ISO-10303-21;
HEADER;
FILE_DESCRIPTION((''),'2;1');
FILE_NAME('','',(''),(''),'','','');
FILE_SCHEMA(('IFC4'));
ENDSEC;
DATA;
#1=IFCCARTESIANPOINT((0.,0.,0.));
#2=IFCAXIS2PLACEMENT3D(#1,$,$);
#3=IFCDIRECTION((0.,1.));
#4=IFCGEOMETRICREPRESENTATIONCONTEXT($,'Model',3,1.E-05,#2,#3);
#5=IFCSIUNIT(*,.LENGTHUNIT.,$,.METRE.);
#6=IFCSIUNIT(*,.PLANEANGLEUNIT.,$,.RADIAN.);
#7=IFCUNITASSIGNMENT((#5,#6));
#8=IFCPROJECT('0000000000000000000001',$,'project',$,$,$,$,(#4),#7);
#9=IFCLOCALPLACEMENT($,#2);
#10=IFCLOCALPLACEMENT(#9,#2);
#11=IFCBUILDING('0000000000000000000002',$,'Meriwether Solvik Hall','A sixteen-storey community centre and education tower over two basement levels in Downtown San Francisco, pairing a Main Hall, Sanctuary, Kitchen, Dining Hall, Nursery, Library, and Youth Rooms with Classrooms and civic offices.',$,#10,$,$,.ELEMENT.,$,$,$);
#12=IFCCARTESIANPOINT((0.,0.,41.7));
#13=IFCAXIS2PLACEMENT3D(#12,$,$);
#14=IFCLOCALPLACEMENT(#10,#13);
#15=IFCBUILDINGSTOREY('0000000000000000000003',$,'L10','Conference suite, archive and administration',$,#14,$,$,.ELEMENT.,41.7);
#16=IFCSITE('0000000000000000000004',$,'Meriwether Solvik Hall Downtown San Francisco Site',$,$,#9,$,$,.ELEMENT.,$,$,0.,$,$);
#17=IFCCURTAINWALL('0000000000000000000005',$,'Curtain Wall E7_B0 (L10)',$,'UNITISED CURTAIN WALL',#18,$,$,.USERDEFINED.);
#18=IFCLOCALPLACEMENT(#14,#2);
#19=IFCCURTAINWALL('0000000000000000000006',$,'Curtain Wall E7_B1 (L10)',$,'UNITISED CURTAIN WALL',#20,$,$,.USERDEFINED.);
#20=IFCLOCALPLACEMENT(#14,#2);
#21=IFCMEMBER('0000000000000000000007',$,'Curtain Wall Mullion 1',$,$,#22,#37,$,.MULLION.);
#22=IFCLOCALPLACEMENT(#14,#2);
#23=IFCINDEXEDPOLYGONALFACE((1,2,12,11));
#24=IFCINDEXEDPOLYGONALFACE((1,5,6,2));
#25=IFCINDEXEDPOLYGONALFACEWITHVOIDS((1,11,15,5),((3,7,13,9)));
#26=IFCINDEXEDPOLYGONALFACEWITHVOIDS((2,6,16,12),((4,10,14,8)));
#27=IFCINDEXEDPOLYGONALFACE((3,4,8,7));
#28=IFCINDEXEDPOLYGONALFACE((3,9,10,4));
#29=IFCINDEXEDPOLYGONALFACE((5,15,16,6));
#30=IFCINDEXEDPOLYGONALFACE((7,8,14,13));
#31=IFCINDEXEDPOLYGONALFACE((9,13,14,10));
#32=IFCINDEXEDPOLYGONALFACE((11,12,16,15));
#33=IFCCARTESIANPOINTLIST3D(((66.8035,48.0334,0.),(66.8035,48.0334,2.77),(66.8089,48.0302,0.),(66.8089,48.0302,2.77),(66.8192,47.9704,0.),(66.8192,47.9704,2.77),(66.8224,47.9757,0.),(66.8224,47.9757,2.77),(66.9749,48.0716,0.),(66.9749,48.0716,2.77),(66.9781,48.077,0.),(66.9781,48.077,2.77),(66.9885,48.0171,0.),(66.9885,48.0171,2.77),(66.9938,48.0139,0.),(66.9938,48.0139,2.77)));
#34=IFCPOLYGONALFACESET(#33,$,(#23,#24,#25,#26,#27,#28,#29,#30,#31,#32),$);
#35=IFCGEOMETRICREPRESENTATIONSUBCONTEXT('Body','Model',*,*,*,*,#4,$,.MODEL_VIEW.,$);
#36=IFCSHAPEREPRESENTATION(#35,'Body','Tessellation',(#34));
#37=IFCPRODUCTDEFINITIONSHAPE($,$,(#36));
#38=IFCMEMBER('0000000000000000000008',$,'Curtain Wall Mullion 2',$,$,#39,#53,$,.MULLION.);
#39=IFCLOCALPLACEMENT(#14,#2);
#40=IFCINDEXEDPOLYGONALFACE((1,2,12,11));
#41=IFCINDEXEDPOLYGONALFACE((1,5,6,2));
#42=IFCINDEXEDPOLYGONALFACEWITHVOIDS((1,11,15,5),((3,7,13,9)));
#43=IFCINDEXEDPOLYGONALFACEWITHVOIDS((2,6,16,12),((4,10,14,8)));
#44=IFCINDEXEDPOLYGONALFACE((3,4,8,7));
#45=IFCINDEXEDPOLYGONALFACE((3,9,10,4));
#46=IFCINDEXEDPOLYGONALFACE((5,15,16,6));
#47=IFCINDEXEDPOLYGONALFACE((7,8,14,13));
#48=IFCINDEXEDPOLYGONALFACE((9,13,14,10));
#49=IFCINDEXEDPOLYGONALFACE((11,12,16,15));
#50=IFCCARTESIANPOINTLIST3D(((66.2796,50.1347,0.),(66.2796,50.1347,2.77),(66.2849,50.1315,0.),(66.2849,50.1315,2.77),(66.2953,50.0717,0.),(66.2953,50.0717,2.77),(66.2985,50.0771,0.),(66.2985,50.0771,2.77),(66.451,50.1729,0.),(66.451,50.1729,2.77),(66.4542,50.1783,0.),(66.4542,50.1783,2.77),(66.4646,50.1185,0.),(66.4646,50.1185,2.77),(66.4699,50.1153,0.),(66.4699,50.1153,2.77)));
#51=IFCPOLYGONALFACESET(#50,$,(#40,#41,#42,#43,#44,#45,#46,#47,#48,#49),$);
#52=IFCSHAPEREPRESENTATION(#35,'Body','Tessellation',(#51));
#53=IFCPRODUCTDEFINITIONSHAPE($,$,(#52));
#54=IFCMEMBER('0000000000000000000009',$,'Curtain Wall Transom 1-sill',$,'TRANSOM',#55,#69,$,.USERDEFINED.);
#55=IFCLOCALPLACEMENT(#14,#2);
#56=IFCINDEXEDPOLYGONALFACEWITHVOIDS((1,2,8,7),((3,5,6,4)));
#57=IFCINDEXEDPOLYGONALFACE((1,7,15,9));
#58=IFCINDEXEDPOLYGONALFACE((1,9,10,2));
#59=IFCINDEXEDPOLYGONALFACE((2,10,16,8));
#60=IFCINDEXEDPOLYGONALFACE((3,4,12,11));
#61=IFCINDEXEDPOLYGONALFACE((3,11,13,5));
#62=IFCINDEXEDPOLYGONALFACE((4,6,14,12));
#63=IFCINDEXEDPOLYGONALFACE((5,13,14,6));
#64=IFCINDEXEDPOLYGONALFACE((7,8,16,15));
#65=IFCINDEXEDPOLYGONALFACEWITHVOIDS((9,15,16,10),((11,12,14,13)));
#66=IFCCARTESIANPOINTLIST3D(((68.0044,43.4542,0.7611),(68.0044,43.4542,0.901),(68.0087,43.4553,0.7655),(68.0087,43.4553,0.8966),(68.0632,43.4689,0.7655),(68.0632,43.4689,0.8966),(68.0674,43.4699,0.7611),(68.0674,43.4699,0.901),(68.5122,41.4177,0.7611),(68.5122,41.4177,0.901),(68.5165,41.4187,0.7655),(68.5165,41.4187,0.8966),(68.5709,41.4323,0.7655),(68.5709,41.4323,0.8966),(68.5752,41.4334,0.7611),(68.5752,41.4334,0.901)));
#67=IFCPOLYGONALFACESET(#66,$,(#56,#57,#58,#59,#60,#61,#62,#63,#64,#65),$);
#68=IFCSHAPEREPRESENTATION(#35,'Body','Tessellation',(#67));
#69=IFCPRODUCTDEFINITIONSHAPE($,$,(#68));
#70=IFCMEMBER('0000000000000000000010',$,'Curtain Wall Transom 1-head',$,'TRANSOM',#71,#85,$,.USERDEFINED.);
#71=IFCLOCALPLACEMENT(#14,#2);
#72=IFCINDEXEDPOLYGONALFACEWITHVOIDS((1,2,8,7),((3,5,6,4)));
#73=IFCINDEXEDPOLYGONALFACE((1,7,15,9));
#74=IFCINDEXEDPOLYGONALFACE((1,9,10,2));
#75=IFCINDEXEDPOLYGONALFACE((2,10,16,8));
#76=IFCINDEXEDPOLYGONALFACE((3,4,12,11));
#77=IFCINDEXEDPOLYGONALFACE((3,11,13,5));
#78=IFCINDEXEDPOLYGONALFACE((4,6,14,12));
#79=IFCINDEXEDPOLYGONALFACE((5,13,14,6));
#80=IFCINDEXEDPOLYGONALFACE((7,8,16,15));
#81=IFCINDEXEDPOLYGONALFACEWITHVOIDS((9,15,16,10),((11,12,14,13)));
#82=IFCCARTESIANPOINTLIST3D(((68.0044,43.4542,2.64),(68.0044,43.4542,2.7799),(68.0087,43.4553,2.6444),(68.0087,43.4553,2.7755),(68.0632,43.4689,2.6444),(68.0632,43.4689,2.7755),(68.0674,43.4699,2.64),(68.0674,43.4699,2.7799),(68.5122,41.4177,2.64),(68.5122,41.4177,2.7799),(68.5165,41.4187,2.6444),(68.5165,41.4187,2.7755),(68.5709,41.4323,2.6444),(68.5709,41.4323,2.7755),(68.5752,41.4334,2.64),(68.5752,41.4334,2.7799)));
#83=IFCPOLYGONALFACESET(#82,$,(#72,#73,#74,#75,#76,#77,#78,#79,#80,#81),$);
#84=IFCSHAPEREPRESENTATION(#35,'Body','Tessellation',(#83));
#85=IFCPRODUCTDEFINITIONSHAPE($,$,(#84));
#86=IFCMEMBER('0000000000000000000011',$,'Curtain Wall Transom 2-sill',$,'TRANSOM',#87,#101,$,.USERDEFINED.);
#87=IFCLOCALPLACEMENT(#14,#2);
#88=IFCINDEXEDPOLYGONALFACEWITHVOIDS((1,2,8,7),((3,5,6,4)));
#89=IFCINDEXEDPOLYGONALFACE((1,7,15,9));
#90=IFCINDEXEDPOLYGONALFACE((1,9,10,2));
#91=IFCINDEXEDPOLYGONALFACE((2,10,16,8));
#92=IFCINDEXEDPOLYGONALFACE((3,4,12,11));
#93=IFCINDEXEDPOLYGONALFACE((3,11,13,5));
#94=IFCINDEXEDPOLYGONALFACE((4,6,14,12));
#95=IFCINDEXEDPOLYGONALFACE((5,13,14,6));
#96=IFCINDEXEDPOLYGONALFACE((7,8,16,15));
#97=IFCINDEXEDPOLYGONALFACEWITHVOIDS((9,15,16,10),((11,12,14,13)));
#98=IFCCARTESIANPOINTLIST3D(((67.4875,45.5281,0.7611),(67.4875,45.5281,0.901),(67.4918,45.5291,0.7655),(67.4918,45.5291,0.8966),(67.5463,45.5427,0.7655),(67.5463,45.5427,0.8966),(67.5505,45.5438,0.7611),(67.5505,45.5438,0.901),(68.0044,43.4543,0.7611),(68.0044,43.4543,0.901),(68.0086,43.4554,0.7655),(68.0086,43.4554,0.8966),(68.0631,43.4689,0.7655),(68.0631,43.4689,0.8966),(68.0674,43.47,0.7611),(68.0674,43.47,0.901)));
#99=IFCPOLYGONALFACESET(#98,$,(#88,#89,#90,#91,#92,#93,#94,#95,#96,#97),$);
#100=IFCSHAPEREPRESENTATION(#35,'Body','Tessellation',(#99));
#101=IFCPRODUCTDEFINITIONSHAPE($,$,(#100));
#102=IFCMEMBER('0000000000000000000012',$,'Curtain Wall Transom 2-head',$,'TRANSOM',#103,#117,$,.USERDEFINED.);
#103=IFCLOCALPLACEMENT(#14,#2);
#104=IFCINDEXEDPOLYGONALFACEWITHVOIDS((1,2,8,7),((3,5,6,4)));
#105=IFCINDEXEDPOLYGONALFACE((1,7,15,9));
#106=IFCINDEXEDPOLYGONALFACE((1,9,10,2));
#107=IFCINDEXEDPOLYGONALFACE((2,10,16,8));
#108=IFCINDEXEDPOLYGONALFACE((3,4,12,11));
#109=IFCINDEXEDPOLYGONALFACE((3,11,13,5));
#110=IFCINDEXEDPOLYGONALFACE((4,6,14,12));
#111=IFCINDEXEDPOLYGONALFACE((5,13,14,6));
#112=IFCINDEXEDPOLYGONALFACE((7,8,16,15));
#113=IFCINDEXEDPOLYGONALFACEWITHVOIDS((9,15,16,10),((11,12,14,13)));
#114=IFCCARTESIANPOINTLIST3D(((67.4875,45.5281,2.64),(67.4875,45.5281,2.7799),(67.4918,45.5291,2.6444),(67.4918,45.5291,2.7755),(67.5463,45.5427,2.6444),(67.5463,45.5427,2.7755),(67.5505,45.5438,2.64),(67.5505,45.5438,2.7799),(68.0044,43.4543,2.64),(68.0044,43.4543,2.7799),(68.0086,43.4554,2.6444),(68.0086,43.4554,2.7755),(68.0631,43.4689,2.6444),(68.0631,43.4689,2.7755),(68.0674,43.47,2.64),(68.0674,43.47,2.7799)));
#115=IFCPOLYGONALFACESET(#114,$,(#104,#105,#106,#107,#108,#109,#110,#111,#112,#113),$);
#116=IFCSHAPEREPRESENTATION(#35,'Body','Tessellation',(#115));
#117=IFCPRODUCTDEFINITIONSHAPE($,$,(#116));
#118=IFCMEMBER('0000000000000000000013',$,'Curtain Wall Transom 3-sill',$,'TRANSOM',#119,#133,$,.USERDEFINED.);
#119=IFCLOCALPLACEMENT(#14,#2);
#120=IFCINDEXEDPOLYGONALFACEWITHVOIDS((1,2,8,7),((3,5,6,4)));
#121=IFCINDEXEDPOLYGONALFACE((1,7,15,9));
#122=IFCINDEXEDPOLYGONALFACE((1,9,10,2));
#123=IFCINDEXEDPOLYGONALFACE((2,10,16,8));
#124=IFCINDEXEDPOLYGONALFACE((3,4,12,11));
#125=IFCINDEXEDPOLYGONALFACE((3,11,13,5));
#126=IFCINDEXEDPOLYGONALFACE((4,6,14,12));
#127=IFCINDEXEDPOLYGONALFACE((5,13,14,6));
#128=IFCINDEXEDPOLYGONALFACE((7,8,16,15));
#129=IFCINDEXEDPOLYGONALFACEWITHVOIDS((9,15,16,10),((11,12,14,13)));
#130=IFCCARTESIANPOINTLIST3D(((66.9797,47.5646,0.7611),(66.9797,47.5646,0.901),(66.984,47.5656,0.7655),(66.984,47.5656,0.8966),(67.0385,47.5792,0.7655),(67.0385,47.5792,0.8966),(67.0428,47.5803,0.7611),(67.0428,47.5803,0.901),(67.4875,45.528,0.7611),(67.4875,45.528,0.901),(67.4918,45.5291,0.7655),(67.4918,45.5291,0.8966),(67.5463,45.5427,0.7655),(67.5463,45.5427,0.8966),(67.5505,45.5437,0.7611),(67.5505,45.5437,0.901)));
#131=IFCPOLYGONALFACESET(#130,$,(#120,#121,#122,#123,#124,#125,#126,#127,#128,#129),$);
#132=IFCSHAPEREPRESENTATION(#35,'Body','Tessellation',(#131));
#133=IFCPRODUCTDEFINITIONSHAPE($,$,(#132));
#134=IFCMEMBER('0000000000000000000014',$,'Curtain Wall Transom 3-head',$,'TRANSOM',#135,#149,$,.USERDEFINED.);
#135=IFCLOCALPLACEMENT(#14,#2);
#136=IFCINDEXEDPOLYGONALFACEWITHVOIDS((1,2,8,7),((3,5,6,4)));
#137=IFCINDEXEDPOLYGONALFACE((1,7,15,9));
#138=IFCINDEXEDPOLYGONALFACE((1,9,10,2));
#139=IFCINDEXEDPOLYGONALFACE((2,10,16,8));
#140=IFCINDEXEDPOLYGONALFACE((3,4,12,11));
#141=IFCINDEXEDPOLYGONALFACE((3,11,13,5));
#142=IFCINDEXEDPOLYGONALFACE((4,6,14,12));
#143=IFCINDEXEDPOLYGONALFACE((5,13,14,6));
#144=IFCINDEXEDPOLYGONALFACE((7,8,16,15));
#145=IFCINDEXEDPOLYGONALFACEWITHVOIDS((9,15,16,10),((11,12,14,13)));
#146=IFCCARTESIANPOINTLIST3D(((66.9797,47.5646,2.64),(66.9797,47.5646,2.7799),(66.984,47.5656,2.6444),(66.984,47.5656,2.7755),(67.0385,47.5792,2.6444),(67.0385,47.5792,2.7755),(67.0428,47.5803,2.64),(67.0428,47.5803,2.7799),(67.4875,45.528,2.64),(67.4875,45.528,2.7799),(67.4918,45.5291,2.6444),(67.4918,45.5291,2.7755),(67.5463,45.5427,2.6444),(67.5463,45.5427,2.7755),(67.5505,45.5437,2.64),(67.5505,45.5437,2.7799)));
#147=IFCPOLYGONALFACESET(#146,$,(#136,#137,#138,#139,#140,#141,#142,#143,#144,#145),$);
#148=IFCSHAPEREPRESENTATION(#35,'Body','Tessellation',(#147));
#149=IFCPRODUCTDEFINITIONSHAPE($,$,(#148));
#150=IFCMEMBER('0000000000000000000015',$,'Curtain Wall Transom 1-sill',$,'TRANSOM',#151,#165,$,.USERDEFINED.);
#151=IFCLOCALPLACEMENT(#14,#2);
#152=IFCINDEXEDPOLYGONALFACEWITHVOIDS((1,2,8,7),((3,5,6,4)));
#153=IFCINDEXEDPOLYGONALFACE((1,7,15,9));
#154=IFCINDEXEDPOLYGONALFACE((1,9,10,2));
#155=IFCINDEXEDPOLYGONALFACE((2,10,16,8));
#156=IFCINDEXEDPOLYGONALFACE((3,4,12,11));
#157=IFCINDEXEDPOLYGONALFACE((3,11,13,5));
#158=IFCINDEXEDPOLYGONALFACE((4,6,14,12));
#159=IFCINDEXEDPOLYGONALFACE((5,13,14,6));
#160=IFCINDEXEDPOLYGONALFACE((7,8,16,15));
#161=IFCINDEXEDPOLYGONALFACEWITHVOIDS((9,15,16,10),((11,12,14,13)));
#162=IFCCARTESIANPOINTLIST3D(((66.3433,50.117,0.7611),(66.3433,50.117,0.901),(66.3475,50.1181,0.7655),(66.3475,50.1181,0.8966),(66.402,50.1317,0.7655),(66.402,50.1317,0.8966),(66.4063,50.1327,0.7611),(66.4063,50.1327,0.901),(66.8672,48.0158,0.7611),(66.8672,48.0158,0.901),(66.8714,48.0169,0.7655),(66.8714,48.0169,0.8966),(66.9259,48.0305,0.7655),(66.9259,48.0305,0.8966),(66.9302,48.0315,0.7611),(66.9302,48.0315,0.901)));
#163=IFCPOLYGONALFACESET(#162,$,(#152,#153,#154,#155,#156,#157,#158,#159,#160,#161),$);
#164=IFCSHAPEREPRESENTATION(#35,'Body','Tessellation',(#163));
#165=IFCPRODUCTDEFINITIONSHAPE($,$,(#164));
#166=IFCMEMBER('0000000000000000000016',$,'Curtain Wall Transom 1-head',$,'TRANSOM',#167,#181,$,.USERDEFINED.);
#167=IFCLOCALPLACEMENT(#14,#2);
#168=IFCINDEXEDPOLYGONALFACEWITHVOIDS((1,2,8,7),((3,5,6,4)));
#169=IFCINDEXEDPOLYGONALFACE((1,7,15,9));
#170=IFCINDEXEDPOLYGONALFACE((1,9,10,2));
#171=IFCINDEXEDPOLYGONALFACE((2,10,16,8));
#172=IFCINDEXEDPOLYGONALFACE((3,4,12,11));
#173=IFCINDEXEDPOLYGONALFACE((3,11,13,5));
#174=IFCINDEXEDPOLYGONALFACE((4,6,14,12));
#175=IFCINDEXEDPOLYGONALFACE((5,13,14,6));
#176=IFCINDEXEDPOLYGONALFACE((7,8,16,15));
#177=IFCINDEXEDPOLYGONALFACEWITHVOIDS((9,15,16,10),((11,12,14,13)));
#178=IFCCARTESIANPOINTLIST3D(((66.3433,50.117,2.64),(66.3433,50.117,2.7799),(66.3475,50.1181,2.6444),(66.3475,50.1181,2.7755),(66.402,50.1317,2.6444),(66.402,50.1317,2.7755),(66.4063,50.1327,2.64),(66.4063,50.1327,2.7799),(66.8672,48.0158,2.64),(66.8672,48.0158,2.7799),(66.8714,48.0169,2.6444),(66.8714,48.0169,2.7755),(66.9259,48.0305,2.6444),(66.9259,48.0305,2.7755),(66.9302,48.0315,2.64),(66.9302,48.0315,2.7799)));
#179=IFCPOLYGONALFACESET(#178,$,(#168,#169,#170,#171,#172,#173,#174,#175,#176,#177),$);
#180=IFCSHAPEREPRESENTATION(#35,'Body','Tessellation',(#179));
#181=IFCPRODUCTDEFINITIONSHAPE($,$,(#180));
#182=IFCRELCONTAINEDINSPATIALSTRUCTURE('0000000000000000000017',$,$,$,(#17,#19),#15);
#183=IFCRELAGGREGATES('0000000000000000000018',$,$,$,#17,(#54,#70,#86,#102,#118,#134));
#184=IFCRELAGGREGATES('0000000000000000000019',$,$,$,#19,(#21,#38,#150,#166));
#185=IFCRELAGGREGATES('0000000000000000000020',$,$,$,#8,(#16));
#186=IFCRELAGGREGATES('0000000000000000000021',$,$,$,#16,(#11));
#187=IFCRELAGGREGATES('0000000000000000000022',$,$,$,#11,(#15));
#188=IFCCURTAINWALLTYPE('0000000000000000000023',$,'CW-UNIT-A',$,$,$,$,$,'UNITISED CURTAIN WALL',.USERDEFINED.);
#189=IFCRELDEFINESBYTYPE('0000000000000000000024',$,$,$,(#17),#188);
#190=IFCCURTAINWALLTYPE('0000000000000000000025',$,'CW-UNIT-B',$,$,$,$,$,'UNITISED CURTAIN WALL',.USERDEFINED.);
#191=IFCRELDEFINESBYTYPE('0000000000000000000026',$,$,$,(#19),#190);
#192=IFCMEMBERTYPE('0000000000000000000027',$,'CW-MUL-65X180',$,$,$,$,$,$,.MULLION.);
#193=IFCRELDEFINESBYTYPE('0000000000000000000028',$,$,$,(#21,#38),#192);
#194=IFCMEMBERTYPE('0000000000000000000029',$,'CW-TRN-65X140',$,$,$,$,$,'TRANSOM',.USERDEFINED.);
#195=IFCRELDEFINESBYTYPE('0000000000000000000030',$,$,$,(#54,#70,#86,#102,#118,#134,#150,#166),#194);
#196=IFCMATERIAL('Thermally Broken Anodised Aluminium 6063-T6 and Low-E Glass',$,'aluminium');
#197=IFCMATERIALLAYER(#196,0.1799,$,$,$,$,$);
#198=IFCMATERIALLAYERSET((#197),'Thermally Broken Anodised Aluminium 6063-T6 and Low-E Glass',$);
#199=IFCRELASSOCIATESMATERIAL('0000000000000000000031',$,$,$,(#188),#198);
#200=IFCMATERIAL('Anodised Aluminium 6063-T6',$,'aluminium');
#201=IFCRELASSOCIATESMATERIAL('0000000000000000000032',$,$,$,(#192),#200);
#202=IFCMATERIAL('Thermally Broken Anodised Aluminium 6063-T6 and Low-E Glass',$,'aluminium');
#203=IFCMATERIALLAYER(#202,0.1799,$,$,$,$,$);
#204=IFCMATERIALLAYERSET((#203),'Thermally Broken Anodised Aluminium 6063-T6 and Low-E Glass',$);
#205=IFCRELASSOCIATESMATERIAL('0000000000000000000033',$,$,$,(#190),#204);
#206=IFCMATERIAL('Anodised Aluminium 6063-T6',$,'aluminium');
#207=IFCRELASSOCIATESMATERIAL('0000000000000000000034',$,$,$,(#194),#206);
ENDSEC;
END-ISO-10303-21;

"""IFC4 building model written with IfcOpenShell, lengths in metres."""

from ifc_helpers import new_model, si_unit, direction, frame, origin, origin_2d, place, context, subcontext, project, spatial, hollow_rectangle, extrude, material, layer, layer_set, material_profile, profile_set, type_object, element, aggregate, save


model = new_model("IFC4")

# Units and contexts
model_context = context("Model", 3, precision=1e-05, world=origin(), true_north=direction((0.0, 1.0)))
body_context = subcontext(model_context, "Body", "Model", "MODEL_VIEW")
ifc_project = project(units=[si_unit("LENGTHUNIT", "METRE"), si_unit("PLANEANGLEUNIT", "RADIAN")], contexts=[model_context])

# Site, building, storey
site_placement = place(None, origin())
site = spatial("IfcSite", under=ifc_project, at=site_placement, Name="Meriwether Solvik Hall Downtown San Francisco Site", CompositionType="ELEMENT", RefElevation=0.0)
building_placement = place(site_placement, origin())
building = spatial("IfcBuilding", under=site, at=building_placement, Name="Meriwether Solvik Hall", Description="A sixteen-storey community centre and education tower over two basement levels in Downtown San Francisco, pairing a Main Hall, Sanctuary, Kitchen, Dining Hall, Nursery, Library, and Youth Rooms with Classrooms and civic offices.", CompositionType="ELEMENT")
storey_placement = place(building_placement, frame((0.0, 0.0, 41.7)))
storey = spatial("IfcBuildingStorey", under=building, at=storey_placement, Name="L10", Description="Conference suite, archive and administration", CompositionType="ELEMENT", Elevation=41.7)

# Shared definitions
ifc_material_1 = material(Name="Thermally Broken Anodised Aluminium 6063-T6 and Low-E Glass", Category="aluminium")
ifc_layer_1 = layer(ifc_material_1, 0.1799)
ifc_layer_set_1 = layer_set([ifc_layer_1], Name="Thermally Broken Anodised Aluminium 6063-T6 and Low-E Glass")
curtain_wall_type_1 = type_object("IfcCurtainWallType", Name="CW-UNIT-A", ElementType="UNITISED CURTAIN WALL", PredefinedType="USERDEFINED", material=ifc_layer_set_1)
ifc_material_2 = material(Name="Anodised Aluminium 6063-T6", Category="aluminium")
ifc_material_profile_1 = material_profile(ifc_material_2, hollow_rectangle(XDim=0.0649, YDim=0.1799, WallThickness=0.0044, at=origin_2d()), Name="CWM-65X180")
ifc_profile_set_1 = profile_set([ifc_material_profile_1], Name="Anodised Aluminium 6063-T6")
member_type_1 = type_object("IfcMemberType", Name="CW-MUL-65X180", PredefinedType="MULLION", material=ifc_profile_set_1)

# Curtain walls, members
curtain_wall_1_placement = place(storey_placement, origin())
curtain_wall_1 = element("IfcCurtainWall", 1, at=curtain_wall_1_placement, inside=storey, type_object=curtain_wall_type_1, Name="Curtain Wall E7_B0 (L10)", ObjectType="UNITISED CURTAIN WALL", PredefinedType="USERDEFINED")
ifc_material_3 = material(Name="Thermally Broken Anodised Aluminium 6063-T6 and Low-E Glass", Category="aluminium")
ifc_layer_2 = layer(ifc_material_3, 0.1799)
ifc_layer_set_2 = layer_set([ifc_layer_2], Name="Thermally Broken Anodised Aluminium 6063-T6 and Low-E Glass")
curtain_wall_type_2 = type_object("IfcCurtainWallType", Name="CW-UNIT-B", ElementType="UNITISED CURTAIN WALL", PredefinedType="USERDEFINED", material=ifc_layer_set_2)
curtain_wall_2_placement = place(storey_placement, origin())
curtain_wall_2 = element("IfcCurtainWall", 2, at=curtain_wall_2_placement, inside=storey, type_object=curtain_wall_type_2, Name="Curtain Wall E7_B1 (L10)", ObjectType="UNITISED CURTAIN WALL", PredefinedType="USERDEFINED")
member_1_placement = place(storey_placement, frame((66.8987, 48.0237, 0.0), z_axis=(0.0, 0.0, 1.0), x_axis=(-0.241922, 0.970296, 0.0)))
member_1 = element("IfcMember", 3, at=member_1_placement, type_object=member_type_1, Name="Curtain Wall Mullion 1", PredefinedType="MULLION", context=body_context, shape_type="SweptSolid", body=[
    extrude(hollow_rectangle(XDim=0.0649, YDim=0.1799, WallThickness=0.0044, at=origin_2d()), origin(), (0.0, 0.0, 1.0), 2.77),
])
member_2_placement = place(storey_placement, frame((66.3748, 50.125, 0.0), z_axis=(0.0, 0.0, 1.0), x_axis=(-0.241922, 0.970296, 0.0)))
member_2 = element("IfcMember", 4, at=member_2_placement, type_object=member_type_1, Name="Curtain Wall Mullion 2", PredefinedType="MULLION", context=body_context, shape_type="SweptSolid", body=[
    extrude(hollow_rectangle(XDim=0.0649, YDim=0.1799, WallThickness=0.0044, at=origin_2d()), origin(), (0.0, 0.0, 1.0), 2.77),
])

# Members
ifc_material_4 = material(Name="Anodised Aluminium 6063-T6", Category="aluminium")
ifc_material_profile_2 = material_profile(ifc_material_4, hollow_rectangle(XDim=0.0649, YDim=0.1399, WallThickness=0.0044, at=origin_2d()), Name="CWT-65X140")
ifc_profile_set_2 = profile_set([ifc_material_profile_2], Name="Anodised Aluminium 6063-T6")
member_type_2 = type_object("IfcMemberType", Name="CW-TRN-65X140", ElementType="TRANSOM", PredefinedType="USERDEFINED", material=ifc_profile_set_2)
member_3_placement = place(storey_placement, frame((68.5437, 41.4255, 0.8311), z_axis=(-0.241933, 0.970293, 0.0), x_axis=(-0.970293, -0.241933, 0.0)))
member_3 = element("IfcMember", 5, at=member_3_placement, type_object=member_type_2, Name="Curtain Wall Transom 1-sill", ObjectType="TRANSOM", PredefinedType="USERDEFINED", context=body_context, shape_type="SweptSolid", body=[
    extrude(hollow_rectangle(XDim=0.0649, YDim=0.1399, WallThickness=0.0044, at=origin_2d()), origin(), (0.0, 0.0, 1.0), 2.0989),
])
member_4_placement = place(storey_placement, frame((68.5437, 41.4255, 2.71), z_axis=(-0.241933, 0.970293, 0.0), x_axis=(-0.970293, -0.241933, 0.0)))
member_4 = element("IfcMember", 6, at=member_4_placement, type_object=member_type_2, Name="Curtain Wall Transom 1-head", ObjectType="TRANSOM", PredefinedType="USERDEFINED", context=body_context, shape_type="SweptSolid", body=[
    extrude(hollow_rectangle(XDim=0.0649, YDim=0.1399, WallThickness=0.0044, at=origin_2d()), origin(), (0.0, 0.0, 1.0), 2.0989),
])
member_5_placement = place(storey_placement, frame((68.0359, 43.4622, 0.8311), z_axis=(-0.241837, 0.970317, 0.0), x_axis=(-0.970317, -0.241837, 0.0)))
member_5 = element("IfcMember", 7, at=member_5_placement, type_object=member_type_2, Name="Curtain Wall Transom 2-sill", ObjectType="TRANSOM", PredefinedType="USERDEFINED", context=body_context, shape_type="SweptSolid", body=[
    extrude(hollow_rectangle(XDim=0.0649, YDim=0.1399, WallThickness=0.0044, at=origin_2d()), origin(), (0.0, 0.0, 1.0), 2.1372),
])
member_6_placement = place(storey_placement, frame((68.0359, 43.4622, 2.71), z_axis=(-0.241837, 0.970317, 0.0), x_axis=(-0.970317, -0.241837, 0.0)))
member_6 = element("IfcMember", 8, at=member_6_placement, type_object=member_type_2, Name="Curtain Wall Transom 2-head", ObjectType="TRANSOM", PredefinedType="USERDEFINED", context=body_context, shape_type="SweptSolid", body=[
    extrude(hollow_rectangle(XDim=0.0649, YDim=0.1399, WallThickness=0.0044, at=origin_2d()), origin(), (0.0, 0.0, 1.0), 2.1372),
])
member_7_placement = place(storey_placement, frame((67.519, 45.5359, 0.8311), z_axis=(-0.241933, 0.970293, 0.0), x_axis=(-0.970293, -0.241933, 0.0)))
member_7 = element("IfcMember", 9, at=member_7_placement, type_object=member_type_2, Name="Curtain Wall Transom 3-sill", ObjectType="TRANSOM", PredefinedType="USERDEFINED", context=body_context, shape_type="SweptSolid", body=[
    extrude(hollow_rectangle(XDim=0.0649, YDim=0.1399, WallThickness=0.0044, at=origin_2d()), origin(), (0.0, 0.0, 1.0), 2.0989),
])
member_8_placement = place(storey_placement, frame((67.519, 45.5359, 2.71), z_axis=(-0.241933, 0.970293, 0.0), x_axis=(-0.970293, -0.241933, 0.0)))
member_8 = element("IfcMember", 10, at=member_8_placement, type_object=member_type_2, Name="Curtain Wall Transom 3-head", ObjectType="TRANSOM", PredefinedType="USERDEFINED", context=body_context, shape_type="SweptSolid", body=[
    extrude(hollow_rectangle(XDim=0.0649, YDim=0.1399, WallThickness=0.0044, at=origin_2d()), origin(), (0.0, 0.0, 1.0), 2.0989),
])
member_9_placement = place(storey_placement, frame((66.8987, 48.0237, 0.8311), z_axis=(-0.241925, 0.970295, 0.0), x_axis=(-0.970295, -0.241925, 0.0)))
member_9 = element("IfcMember", 11, at=member_9_placement, type_object=member_type_2, Name="Curtain Wall Transom 1-sill", ObjectType="TRANSOM", PredefinedType="USERDEFINED", context=body_context, shape_type="SweptSolid", body=[
    extrude(hollow_rectangle(XDim=0.0649, YDim=0.1399, WallThickness=0.0044, at=origin_2d()), origin(), (0.0, 0.0, 1.0), 2.1655),
])
member_10_placement = place(storey_placement, frame((66.8987, 48.0237, 2.71), z_axis=(-0.241925, 0.970295, 0.0), x_axis=(-0.970295, -0.241925, 0.0)))
member_10 = element("IfcMember", 12, at=member_10_placement, type_object=member_type_2, Name="Curtain Wall Transom 1-head", ObjectType="TRANSOM", PredefinedType="USERDEFINED", context=body_context, shape_type="SweptSolid", body=[
    extrude(hollow_rectangle(XDim=0.0649, YDim=0.1399, WallThickness=0.0044, at=origin_2d()), origin(), (0.0, 0.0, 1.0), 2.1655),
])

aggregate(curtain_wall_1, [member_3, member_4, member_5, member_6, member_7, member_8])
aggregate(curtain_wall_2, [member_1, member_2, member_9, member_10])

save(model, "model.ifc")
